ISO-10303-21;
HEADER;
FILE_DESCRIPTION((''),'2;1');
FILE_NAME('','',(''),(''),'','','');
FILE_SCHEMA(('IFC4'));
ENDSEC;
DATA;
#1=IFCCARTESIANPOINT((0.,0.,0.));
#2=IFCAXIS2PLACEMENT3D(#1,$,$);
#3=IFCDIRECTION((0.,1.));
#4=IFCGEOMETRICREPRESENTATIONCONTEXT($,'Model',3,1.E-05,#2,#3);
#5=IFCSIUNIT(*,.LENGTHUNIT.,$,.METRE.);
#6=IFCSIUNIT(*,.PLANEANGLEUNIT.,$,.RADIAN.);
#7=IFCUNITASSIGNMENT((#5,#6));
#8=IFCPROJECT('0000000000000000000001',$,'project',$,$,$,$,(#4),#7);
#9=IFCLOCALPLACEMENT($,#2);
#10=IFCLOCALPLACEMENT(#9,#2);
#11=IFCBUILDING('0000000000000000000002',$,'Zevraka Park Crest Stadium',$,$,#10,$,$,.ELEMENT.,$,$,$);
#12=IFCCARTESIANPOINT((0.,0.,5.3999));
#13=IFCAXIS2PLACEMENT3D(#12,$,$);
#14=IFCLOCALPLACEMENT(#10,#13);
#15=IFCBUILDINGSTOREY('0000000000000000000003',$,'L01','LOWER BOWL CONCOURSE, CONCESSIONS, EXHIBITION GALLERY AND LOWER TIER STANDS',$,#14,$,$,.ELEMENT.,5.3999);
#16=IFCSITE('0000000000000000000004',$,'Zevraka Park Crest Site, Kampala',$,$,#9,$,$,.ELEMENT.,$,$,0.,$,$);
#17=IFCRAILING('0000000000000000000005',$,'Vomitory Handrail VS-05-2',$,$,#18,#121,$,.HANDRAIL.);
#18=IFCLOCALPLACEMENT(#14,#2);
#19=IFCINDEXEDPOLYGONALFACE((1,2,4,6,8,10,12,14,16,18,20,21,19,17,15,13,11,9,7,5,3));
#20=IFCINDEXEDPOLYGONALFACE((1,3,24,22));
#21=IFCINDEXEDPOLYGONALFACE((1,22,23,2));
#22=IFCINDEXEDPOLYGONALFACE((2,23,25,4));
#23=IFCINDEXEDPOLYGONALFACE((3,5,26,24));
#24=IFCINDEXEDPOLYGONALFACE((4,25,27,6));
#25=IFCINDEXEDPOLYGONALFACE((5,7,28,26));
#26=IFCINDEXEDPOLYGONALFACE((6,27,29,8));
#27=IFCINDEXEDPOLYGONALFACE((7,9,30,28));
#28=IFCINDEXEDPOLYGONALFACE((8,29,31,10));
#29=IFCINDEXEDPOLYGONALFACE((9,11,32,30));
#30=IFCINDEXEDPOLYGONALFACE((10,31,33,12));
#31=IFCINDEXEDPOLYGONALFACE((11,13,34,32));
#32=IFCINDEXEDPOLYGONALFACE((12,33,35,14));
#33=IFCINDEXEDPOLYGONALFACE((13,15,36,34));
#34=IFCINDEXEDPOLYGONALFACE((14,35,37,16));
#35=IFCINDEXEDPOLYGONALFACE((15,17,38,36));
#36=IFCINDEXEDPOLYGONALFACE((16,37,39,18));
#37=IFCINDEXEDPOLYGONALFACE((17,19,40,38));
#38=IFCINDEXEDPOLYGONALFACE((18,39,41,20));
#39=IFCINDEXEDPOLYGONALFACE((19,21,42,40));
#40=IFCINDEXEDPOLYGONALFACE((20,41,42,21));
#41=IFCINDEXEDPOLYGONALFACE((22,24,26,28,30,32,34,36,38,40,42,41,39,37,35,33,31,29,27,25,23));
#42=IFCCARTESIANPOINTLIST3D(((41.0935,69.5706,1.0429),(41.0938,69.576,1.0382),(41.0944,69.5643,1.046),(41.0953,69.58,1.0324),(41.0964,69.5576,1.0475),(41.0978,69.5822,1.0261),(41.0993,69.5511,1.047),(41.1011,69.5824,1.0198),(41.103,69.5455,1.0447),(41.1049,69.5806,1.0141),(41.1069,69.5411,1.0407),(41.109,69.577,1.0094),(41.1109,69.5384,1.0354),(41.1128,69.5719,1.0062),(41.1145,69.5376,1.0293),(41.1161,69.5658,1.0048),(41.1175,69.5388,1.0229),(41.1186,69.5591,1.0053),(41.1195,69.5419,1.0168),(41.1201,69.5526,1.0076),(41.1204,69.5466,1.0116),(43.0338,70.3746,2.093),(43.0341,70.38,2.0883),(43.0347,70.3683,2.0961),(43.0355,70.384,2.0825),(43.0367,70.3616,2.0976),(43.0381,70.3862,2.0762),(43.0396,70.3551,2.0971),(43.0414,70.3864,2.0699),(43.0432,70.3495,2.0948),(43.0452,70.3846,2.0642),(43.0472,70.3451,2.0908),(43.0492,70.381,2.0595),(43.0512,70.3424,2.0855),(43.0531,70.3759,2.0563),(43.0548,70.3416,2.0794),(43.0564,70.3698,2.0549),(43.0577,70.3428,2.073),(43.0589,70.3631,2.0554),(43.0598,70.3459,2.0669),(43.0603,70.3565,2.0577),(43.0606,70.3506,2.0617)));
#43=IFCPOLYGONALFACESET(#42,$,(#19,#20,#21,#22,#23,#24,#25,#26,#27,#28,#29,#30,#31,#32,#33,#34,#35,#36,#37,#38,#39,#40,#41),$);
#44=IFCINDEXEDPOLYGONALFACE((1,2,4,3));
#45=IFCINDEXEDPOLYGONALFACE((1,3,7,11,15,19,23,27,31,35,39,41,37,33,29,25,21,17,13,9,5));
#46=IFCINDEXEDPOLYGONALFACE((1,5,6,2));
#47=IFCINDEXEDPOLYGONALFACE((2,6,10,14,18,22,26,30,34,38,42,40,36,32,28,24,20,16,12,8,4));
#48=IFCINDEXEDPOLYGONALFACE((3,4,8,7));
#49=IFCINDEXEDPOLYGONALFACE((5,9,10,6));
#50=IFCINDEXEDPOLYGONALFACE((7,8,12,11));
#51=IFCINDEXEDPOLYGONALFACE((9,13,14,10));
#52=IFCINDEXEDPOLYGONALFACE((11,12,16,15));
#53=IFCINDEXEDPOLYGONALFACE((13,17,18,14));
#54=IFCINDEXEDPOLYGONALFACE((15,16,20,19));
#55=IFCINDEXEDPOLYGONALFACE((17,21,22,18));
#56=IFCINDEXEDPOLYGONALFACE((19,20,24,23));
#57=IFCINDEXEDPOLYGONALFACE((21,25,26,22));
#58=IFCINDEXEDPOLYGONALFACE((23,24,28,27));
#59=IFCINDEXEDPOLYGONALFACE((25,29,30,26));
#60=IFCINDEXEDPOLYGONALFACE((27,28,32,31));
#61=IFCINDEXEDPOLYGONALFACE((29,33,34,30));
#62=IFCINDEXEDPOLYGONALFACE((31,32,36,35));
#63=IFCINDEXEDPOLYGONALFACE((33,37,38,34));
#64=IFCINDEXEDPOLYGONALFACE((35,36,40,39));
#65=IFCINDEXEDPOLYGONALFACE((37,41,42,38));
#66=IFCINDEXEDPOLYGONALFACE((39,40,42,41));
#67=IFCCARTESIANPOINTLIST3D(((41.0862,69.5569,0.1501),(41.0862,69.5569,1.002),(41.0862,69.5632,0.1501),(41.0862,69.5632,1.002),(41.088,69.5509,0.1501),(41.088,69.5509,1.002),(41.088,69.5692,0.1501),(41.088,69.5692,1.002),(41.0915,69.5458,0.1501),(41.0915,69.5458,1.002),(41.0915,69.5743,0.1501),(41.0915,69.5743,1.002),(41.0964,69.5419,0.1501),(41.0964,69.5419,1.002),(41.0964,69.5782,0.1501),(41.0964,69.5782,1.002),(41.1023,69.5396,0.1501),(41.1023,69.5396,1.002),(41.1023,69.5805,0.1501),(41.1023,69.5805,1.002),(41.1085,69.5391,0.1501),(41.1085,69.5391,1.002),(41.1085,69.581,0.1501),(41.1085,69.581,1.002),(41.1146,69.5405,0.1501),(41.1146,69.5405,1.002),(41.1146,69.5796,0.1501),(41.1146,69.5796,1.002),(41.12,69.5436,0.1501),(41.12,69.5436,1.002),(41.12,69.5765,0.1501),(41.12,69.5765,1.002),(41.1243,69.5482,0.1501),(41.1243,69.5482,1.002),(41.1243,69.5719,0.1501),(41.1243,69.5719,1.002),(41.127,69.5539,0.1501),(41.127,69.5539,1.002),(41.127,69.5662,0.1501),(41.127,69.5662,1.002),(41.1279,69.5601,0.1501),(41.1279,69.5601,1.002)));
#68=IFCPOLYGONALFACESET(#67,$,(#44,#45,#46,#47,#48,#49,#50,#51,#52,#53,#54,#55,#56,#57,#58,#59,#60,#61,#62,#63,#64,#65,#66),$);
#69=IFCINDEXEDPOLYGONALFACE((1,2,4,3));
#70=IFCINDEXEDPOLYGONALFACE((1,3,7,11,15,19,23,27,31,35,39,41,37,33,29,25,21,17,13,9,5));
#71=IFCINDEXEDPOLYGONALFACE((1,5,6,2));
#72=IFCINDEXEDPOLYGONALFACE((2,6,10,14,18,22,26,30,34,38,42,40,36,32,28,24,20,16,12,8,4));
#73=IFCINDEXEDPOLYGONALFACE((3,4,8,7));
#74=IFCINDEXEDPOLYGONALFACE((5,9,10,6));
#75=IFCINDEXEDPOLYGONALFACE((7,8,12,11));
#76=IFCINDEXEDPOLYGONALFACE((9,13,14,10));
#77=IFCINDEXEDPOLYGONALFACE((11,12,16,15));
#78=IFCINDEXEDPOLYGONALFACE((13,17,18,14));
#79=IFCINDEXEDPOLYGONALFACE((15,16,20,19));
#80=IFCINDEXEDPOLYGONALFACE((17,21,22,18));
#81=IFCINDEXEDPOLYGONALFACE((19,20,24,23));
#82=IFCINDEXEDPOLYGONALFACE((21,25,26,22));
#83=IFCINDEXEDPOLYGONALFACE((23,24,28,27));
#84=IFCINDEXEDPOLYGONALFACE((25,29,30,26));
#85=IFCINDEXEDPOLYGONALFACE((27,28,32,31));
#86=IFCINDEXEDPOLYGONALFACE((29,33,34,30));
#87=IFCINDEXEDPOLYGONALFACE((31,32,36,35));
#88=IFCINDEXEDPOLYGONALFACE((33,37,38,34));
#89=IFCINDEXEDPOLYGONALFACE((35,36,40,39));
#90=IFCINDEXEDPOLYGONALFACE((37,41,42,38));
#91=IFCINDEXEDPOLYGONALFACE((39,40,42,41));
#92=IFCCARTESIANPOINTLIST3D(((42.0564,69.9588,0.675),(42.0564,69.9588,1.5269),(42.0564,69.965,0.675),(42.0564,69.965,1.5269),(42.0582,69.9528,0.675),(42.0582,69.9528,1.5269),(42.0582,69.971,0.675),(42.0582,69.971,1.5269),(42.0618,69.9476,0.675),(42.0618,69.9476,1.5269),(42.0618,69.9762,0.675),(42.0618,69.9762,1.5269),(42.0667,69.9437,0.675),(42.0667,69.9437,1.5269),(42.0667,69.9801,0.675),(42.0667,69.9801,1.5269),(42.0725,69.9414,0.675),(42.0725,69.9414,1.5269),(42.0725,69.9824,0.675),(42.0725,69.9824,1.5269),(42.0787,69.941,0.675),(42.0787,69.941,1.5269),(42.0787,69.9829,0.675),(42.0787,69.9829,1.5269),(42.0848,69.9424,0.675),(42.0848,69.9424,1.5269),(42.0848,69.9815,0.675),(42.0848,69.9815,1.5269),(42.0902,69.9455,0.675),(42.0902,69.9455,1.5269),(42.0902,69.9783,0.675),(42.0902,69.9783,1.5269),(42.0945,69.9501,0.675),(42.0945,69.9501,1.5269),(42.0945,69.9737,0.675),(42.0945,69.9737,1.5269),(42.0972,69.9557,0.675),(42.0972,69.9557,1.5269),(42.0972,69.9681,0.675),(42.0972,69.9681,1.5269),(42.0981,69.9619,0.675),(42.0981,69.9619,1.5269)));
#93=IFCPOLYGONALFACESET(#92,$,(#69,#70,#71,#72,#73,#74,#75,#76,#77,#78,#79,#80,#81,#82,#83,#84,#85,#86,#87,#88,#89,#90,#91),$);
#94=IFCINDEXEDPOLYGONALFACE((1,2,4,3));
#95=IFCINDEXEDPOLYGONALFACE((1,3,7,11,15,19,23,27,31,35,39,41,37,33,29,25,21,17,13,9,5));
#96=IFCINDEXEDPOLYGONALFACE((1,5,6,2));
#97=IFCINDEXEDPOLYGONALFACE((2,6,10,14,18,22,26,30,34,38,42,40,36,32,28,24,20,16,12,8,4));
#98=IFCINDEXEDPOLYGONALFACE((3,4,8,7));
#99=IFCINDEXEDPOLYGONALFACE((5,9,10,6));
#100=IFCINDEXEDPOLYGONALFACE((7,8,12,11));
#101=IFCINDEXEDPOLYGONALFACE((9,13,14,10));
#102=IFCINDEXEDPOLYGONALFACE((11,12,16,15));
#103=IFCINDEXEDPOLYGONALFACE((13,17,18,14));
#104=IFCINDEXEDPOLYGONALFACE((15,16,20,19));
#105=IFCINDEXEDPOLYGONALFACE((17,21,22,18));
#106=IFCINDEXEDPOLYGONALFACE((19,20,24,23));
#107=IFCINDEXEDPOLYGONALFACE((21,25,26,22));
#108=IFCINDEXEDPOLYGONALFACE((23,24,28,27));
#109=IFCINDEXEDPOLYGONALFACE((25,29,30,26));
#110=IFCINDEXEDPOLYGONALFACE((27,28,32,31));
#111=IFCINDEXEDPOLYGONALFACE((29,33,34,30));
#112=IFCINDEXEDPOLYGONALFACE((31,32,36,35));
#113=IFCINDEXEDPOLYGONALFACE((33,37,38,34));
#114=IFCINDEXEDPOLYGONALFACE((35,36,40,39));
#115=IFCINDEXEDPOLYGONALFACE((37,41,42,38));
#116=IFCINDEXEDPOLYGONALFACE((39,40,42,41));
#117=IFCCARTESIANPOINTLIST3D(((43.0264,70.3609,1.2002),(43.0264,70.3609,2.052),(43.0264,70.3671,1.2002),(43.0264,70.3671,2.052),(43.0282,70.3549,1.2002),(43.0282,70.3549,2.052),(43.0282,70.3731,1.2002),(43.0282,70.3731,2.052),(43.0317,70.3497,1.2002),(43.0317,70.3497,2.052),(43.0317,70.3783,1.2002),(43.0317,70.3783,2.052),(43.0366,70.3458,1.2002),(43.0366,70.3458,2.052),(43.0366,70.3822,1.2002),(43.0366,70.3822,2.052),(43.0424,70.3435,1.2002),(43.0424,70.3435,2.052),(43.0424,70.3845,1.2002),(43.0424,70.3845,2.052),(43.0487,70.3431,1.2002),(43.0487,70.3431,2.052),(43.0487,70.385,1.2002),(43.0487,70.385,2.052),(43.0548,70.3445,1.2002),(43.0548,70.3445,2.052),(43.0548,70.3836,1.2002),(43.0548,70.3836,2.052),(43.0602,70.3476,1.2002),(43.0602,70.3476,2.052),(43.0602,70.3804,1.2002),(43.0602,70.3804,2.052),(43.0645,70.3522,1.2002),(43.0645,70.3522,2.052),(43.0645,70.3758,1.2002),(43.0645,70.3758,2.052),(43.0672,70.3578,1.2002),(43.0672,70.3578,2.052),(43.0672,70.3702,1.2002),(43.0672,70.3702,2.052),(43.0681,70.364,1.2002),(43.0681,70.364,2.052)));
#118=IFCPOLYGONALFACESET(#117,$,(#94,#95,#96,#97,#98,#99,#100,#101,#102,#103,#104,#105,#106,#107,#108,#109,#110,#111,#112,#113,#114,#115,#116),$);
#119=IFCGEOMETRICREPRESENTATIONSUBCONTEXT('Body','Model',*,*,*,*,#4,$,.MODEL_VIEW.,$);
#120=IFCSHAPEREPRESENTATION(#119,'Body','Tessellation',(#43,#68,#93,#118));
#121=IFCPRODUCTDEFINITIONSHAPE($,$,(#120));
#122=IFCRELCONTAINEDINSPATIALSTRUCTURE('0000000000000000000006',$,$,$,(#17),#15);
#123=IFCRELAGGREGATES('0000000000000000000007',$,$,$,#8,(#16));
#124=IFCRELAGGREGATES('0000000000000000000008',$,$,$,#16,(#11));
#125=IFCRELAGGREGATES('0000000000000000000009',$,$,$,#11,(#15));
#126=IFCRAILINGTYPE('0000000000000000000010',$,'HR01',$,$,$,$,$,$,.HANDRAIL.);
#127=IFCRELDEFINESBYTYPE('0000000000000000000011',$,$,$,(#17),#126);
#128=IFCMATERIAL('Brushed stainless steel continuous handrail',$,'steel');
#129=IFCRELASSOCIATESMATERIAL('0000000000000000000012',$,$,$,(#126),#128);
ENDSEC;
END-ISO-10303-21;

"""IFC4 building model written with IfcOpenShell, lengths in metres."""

from ifc_helpers import new_model, si_unit, direction, frame, origin, origin_2d, place, context, subcontext, project, spatial, circle, extrude, material, type_object, element, save


model = new_model("IFC4")

# Units and contexts
model_context = context("Model", 3, precision=1e-05, world=origin(), true_north=direction((0.0, 1.0)))
body_context = subcontext(model_context, "Body", "Model", "MODEL_VIEW")
ifc_project = project(units=[si_unit("LENGTHUNIT", "METRE"), si_unit("PLANEANGLEUNIT", "RADIAN")], contexts=[model_context])

# Site, building, storey
site_placement = place(None, origin())
site = spatial("IfcSite", under=ifc_project, at=site_placement, Name="Zevraka Park Crest Site, Kampala", CompositionType="ELEMENT", RefElevation=0.0)
building_placement = place(site_placement, origin())
building = spatial("IfcBuilding", under=site, at=building_placement, Name="Zevraka Park Crest Stadium", CompositionType="ELEMENT")
storey_placement = place(building_placement, frame((0.0, 0.0, 5.3999)))
storey = spatial("IfcBuildingStorey", under=building, at=storey_placement, Name="L01", Description="LOWER BOWL CONCOURSE, CONCESSIONS, EXHIBITION GALLERY AND LOWER TIER STANDS", CompositionType="ELEMENT", Elevation=5.3999)

# Railing
ifc_material_1 = material(Name="Brushed stainless steel continuous handrail", Category="steel")
railing_type_1 = type_object("IfcRailingType", Name="HR01", PredefinedType="HANDRAIL", material=ifc_material_1)
railing_1_placement = place(storey_placement, frame((41.1069, 69.5601, 0.1501)))
element("IfcRailing", 1, at=railing_1_placement, inside=storey, type_object=railing_type_1, Name="Vomitory Handrail VS-05-2", PredefinedType="HANDRAIL", context=body_context, shape_type="SweptSolid", body=[
    extrude(circle(Radius=0.0239, at=origin_2d()), frame((0.0, 0.0, 0.876), z_axis=(0.826302, 0.342395, 0.447203), x_axis=(-0.382807, 0.923828, 0.0)), (0.0, 0.0, 1.0), 2.3481),
    extrude(circle(Radius=0.021, at=origin_2d()), origin(), (0.0, 0.0, 1.0), 0.8518),
    extrude(circle(Radius=0.021, at=origin_2d()), frame((0.9702, 0.4019, 0.5249)), (0.0, 0.0, 1.0), 0.8518),
    extrude(circle(Radius=0.021, at=origin_2d()), frame((1.9402, 0.804, 1.05)), (0.0, 0.0, 1.0), 0.8518),
])

save(model, "model.ifc")
